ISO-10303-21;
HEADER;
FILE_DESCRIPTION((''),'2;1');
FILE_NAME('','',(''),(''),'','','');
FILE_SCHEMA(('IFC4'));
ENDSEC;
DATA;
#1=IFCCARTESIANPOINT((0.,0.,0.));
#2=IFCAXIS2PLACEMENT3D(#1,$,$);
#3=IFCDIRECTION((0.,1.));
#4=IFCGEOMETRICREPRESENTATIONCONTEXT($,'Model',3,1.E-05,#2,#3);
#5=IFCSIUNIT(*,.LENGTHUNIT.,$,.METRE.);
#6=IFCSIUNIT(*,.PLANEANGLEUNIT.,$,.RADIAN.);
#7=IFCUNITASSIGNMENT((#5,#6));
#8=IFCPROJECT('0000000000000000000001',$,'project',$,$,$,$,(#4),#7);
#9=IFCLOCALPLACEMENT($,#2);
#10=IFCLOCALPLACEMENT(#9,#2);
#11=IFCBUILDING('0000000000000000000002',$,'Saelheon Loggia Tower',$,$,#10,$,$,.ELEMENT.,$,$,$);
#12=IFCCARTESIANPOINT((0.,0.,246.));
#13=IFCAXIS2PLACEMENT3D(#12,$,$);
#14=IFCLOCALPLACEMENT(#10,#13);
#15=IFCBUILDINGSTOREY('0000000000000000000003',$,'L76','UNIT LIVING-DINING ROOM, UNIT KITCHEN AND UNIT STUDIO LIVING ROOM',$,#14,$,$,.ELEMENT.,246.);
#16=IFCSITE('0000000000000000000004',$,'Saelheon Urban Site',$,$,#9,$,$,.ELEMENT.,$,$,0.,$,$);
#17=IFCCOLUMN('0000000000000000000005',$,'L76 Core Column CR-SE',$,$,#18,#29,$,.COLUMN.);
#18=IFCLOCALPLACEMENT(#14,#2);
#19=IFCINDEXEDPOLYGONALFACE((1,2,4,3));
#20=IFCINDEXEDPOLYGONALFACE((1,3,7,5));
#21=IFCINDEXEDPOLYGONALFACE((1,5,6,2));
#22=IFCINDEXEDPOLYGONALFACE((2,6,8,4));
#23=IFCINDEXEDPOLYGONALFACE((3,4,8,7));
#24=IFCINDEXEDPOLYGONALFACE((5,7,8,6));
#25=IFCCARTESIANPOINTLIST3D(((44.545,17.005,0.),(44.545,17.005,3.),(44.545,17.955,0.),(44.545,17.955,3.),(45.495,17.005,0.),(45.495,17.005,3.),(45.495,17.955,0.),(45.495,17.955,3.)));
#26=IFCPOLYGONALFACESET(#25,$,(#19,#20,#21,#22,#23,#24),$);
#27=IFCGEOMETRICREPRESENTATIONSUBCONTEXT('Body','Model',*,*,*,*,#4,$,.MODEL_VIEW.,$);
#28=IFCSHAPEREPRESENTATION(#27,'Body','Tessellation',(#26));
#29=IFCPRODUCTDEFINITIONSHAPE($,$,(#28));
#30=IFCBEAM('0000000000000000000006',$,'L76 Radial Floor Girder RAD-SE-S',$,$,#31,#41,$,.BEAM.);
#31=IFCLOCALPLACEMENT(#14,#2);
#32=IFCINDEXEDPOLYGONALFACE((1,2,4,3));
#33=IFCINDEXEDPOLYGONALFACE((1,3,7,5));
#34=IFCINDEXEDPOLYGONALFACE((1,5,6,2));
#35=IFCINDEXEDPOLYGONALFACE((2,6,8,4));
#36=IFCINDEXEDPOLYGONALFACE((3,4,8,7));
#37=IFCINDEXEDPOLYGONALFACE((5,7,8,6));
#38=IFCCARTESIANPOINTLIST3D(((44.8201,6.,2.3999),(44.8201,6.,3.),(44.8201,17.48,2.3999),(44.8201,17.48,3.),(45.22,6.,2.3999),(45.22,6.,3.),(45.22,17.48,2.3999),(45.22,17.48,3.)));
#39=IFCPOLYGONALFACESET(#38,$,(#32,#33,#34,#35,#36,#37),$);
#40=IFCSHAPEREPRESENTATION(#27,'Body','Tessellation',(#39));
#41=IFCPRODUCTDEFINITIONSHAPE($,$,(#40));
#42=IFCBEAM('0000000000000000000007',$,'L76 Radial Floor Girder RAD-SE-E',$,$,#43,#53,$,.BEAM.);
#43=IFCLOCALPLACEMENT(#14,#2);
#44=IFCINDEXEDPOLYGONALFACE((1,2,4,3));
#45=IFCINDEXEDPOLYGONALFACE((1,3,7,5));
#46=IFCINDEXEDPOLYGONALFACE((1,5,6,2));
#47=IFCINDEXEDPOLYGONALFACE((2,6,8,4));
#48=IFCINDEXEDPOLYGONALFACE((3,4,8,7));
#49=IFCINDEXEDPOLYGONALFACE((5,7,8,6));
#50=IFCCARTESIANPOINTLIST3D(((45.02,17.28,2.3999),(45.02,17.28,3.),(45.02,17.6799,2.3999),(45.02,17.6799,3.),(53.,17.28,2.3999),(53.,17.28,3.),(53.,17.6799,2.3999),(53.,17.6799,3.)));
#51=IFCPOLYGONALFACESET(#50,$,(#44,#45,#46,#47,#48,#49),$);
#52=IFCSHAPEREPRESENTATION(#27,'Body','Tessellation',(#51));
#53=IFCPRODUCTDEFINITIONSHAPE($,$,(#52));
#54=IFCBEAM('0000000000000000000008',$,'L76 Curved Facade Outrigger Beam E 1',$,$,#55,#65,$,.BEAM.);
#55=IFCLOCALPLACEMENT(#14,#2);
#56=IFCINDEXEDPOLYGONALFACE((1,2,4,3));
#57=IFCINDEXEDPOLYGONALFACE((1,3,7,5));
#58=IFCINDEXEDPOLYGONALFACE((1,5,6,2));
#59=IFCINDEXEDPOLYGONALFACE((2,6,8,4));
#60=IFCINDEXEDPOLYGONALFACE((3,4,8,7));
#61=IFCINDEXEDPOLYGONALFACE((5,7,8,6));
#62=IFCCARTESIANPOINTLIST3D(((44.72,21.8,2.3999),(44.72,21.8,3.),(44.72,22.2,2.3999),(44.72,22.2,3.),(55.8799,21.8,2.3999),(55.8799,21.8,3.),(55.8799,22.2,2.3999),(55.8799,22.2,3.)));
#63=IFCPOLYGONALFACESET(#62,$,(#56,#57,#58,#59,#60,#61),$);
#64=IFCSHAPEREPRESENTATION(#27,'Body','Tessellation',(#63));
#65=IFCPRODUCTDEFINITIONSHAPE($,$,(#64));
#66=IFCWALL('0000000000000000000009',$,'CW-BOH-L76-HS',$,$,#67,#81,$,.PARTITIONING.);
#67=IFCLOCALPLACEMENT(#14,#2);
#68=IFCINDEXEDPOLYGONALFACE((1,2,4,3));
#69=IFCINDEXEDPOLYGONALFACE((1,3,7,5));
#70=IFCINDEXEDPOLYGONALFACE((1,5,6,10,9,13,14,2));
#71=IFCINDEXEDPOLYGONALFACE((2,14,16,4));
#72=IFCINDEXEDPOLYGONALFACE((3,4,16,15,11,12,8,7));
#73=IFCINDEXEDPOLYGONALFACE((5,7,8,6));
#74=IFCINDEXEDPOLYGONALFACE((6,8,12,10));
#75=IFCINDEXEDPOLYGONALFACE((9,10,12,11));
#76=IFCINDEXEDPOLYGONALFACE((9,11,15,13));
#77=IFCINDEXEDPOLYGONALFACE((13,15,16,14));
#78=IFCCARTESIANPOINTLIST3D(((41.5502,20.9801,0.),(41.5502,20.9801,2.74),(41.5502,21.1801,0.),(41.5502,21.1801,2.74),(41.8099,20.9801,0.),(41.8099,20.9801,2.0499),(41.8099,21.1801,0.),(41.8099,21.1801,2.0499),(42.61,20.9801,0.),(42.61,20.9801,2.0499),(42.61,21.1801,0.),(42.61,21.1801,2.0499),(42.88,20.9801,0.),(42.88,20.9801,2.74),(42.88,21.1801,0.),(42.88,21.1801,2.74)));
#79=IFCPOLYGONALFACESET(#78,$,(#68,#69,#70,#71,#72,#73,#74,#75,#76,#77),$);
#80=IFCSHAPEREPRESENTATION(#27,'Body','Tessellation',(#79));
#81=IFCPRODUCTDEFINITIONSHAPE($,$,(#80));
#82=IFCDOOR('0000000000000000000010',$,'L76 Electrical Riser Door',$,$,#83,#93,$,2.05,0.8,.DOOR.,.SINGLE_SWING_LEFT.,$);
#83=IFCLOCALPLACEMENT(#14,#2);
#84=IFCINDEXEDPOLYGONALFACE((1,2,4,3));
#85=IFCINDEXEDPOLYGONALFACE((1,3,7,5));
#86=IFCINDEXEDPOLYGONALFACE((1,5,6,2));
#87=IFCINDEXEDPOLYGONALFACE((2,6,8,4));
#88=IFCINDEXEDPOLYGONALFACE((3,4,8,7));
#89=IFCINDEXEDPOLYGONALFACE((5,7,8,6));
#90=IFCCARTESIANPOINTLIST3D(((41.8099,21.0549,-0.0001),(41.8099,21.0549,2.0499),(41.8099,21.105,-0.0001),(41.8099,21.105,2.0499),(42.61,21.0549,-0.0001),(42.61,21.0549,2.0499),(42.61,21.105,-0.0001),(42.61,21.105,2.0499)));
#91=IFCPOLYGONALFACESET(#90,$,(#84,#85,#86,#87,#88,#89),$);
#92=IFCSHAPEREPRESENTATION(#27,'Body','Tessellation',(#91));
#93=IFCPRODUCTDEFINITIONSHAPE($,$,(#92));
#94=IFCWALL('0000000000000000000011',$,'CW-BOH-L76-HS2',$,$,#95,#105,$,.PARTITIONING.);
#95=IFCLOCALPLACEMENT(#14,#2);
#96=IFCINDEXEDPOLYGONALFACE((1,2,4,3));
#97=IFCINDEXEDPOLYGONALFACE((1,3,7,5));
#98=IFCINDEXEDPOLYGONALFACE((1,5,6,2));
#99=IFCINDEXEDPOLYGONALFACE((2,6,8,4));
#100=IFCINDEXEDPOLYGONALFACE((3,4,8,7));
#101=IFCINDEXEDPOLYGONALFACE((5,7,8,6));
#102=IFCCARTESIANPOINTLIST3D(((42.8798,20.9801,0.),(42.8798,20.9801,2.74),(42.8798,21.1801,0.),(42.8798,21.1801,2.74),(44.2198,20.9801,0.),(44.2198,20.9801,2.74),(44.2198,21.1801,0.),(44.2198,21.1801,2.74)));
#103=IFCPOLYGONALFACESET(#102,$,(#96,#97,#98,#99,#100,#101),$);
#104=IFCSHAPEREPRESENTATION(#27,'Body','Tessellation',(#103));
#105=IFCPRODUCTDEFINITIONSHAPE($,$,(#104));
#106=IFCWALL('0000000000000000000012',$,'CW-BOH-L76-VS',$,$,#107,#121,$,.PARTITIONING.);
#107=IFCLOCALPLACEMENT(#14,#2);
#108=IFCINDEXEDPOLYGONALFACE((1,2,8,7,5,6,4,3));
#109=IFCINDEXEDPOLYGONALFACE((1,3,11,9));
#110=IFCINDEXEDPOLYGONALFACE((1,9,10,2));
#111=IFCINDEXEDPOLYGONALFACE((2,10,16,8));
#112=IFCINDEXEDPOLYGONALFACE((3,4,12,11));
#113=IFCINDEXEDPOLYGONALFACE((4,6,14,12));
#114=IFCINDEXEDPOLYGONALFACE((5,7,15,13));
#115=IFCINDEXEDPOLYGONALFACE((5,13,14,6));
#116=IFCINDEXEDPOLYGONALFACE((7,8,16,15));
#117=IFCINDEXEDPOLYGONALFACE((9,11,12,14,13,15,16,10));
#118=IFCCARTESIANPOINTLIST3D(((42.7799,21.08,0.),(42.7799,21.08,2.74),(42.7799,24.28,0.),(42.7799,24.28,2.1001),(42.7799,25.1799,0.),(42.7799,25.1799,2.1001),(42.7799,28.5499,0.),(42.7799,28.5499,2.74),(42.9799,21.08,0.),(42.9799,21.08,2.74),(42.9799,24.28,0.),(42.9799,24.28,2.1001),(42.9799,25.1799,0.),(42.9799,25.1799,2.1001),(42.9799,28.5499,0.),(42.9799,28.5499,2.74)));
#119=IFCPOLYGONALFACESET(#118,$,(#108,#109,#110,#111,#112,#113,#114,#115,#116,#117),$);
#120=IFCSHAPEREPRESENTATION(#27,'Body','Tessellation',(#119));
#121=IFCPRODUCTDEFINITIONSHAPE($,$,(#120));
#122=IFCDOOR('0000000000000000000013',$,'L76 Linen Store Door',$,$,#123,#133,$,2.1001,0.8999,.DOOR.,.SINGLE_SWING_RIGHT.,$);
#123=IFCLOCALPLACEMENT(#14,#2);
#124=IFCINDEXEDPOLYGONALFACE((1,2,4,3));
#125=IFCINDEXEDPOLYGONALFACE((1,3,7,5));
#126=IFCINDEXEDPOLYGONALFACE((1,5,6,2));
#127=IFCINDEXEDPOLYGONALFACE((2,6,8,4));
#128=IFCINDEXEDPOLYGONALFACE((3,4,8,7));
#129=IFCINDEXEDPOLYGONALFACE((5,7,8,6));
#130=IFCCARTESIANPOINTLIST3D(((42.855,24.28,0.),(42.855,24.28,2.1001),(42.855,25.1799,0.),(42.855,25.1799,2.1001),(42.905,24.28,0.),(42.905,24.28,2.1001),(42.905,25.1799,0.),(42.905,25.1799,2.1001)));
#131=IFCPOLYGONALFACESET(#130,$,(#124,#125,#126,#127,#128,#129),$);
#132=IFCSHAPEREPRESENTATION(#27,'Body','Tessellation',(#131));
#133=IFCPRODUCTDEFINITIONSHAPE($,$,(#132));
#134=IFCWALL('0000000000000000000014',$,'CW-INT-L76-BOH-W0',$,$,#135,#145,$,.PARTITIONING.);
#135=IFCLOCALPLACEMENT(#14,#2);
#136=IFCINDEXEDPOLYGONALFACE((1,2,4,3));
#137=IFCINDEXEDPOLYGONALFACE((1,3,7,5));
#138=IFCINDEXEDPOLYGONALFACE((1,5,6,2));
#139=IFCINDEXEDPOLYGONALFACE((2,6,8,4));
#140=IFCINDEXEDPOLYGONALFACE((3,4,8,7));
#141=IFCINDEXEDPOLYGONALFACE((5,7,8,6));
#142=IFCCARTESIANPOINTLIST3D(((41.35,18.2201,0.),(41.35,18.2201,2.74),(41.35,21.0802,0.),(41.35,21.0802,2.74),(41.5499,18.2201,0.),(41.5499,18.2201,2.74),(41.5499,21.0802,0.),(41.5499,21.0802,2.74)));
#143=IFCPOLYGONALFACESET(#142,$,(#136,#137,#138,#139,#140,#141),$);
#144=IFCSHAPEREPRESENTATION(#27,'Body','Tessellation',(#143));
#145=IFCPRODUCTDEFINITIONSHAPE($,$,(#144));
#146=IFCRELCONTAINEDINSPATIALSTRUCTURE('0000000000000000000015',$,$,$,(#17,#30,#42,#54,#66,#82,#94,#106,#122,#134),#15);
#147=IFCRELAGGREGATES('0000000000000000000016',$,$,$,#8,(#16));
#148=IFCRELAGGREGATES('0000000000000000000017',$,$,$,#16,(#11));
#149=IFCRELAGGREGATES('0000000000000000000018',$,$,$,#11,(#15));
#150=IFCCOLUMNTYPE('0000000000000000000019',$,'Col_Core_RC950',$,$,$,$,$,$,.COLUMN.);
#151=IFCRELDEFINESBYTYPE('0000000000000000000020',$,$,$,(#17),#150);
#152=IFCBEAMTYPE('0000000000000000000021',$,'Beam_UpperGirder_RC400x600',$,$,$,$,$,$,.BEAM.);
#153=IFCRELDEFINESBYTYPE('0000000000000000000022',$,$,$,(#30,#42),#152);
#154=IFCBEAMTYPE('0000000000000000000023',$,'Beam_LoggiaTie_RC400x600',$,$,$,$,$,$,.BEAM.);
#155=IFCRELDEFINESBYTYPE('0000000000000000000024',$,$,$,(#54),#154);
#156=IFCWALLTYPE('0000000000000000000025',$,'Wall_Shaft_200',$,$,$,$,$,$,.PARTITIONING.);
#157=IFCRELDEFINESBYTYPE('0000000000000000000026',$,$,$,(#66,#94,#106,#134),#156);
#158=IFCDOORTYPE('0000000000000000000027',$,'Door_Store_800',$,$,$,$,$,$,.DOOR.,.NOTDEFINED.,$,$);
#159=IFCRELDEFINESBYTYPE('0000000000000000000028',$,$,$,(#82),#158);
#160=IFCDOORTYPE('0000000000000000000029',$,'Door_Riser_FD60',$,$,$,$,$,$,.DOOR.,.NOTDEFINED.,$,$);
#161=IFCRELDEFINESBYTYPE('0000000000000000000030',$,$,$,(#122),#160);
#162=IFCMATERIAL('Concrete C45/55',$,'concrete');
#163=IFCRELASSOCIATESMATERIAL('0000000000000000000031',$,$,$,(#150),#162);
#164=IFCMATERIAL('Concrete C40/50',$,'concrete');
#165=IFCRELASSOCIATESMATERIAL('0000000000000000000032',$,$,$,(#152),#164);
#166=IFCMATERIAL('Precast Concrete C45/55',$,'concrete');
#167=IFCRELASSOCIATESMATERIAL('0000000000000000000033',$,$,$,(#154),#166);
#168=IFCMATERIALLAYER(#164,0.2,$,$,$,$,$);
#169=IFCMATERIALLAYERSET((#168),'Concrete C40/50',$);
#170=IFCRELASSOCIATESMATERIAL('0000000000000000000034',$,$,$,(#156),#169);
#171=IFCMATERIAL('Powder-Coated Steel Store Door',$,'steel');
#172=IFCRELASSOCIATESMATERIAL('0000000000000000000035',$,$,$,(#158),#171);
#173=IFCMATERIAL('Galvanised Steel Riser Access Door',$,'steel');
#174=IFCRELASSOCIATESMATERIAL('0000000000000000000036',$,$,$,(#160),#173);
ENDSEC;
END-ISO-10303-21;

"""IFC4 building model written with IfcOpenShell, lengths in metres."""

from ifc_helpers import new_model, si_unit, direction, frame, frame_2d, origin, origin_2d, place, context, subcontext, project, spatial, rectangle, extrude, source, transform, mapped, material, layer, layer_set, material_profile, profile_set, type_object, element, fill, save


model = new_model("IFC4")

# Units and contexts
model_context = context("Model", 3, precision=1e-05, world=origin(), true_north=direction((0.0, 1.0)))
body_context = subcontext(model_context, "Body", "Model", "MODEL_VIEW")
ifc_project = project(units=[si_unit("LENGTHUNIT", "METRE"), si_unit("PLANEANGLEUNIT", "RADIAN")], contexts=[model_context])

# Site, building, storey
site_placement = place(None, origin())
site = spatial("IfcSite", under=ifc_project, at=site_placement, Name="Saelheon Urban Site", CompositionType="ELEMENT", RefElevation=0.0)
building_placement = place(site_placement, origin())
building = spatial("IfcBuilding", under=site, at=building_placement, Name="Saelheon Loggia Tower", CompositionType="ELEMENT")
storey_placement = place(building_placement, frame((0.0, 0.0, 246.0)))
storey = spatial("IfcBuildingStorey", under=building, at=storey_placement, Name="L76", Description="UNIT LIVING-DINING ROOM, UNIT KITCHEN AND UNIT STUDIO LIVING ROOM", CompositionType="ELEMENT", Elevation=246.0)

# Column
ifc_material_1 = material(Name="Concrete C45/55", Category="concrete")
ifc_material_profile_1 = material_profile(ifc_material_1, rectangle(XDim=0.95, YDim=0.95, at=origin_2d()), Name="RC-950x950")
ifc_profile_set_1 = profile_set([ifc_material_profile_1], Name="Concrete C45/55")
column_type = type_object("IfcColumnType", Name="Col_Core_RC950", PredefinedType="COLUMN", material=ifc_profile_set_1)
shared_shape_1 = source(origin(), body_context, "Body", "SweptSolid", [
    extrude(rectangle(XDim=0.95, YDim=0.95, at=origin_2d()), origin(), (0.0, 0.0, 1.0), 3.0),
])
column_placement = place(storey_placement, frame((45.02, 17.48, 0.0), z_axis=(0.0, 0.0, 1.0), x_axis=(1.0, 0.0, 0.0)))
element("IfcColumn", 1, at=column_placement, inside=storey, type_object=column_type, Name="L76 Core Column CR-SE", PredefinedType="COLUMN", context=body_context, shape_type="MappedRepresentation", body=[
    mapped(shared_shape_1, transform((0.0, 0.0, 0.0), scale=1.0)),
])

# Beams
ifc_material_2 = material(Name="Concrete C40/50", Category="concrete")
ifc_material_profile_2 = material_profile(ifc_material_2, rectangle(XDim=0.3999, YDim=0.6001, at=origin_2d()), Name="RC-400x600")
ifc_profile_set_2 = profile_set([ifc_material_profile_2], Name="Concrete C40/50")
beam_type_1 = type_object("IfcBeamType", Name="Beam_UpperGirder_RC400x600", PredefinedType="BEAM", material=ifc_profile_set_2)
shared_shape_2 = source(origin(), body_context, "Body", "SweptSolid", [
    extrude(rectangle(XDim=0.3999, YDim=0.6001, at=origin_2d()), origin(), (0.0, 0.0, 1.0), 11.48),
])
beam_1_placement = place(storey_placement, frame((45.02, 17.48, 2.7), z_axis=(0.0, -1.0, 0.0), x_axis=(1.0, 0.0, 0.0)))
element("IfcBeam", 2, at=beam_1_placement, inside=storey, type_object=beam_type_1, Name="L76 Radial Floor Girder RAD-SE-S", PredefinedType="BEAM", context=body_context, shape_type="MappedRepresentation", body=[
    mapped(shared_shape_2, transform((0.0, 0.0, 0.0), scale=1.0)),
])
shared_shape_3 = source(origin(), body_context, "Body", "SweptSolid", [
    extrude(rectangle(XDim=0.3999, YDim=0.6001, at=origin_2d()), origin(), (0.0, 0.0, 1.0), 7.98),
])
beam_2_placement = place(storey_placement, frame((45.02, 17.48, 2.7), z_axis=(1.0, 0.0, 0.0), x_axis=(0.0, 1.0, 0.0)))
element("IfcBeam", 3, at=beam_2_placement, inside=storey, type_object=beam_type_1, Name="L76 Radial Floor Girder RAD-SE-E", PredefinedType="BEAM", context=body_context, shape_type="MappedRepresentation", body=[
    mapped(shared_shape_3, transform((0.0, 0.0, 0.0), scale=1.0)),
])
ifc_material_3 = material(Name="Precast Concrete C45/55", Category="concrete")
ifc_material_profile_3 = material_profile(ifc_material_3, rectangle(XDim=0.3999, YDim=0.6001, at=origin_2d()), Name="RC-400x600")
ifc_profile_set_3 = profile_set([ifc_material_profile_3], Name="Precast Concrete C45/55")
beam_type_2 = type_object("IfcBeamType", Name="Beam_LoggiaTie_RC400x600", PredefinedType="BEAM", material=ifc_profile_set_3)
shared_shape_4 = source(origin(), body_context, "Body", "SweptSolid", [
    extrude(rectangle(XDim=0.3999, YDim=0.6001, at=origin_2d()), origin(), (0.0, 0.0, 1.0), 11.1599),
])
beam_3_placement = place(storey_placement, frame((44.72, 22.0, 2.7), z_axis=(1.0, 0.0, 0.0), x_axis=(0.0, 1.0, 0.0)))
element("IfcBeam", 4, at=beam_3_placement, inside=storey, type_object=beam_type_2, Name="L76 Curved Facade Outrigger Beam E 1", PredefinedType="BEAM", context=body_context, shape_type="MappedRepresentation", body=[
    mapped(shared_shape_4, transform((0.0, 0.0, 0.0), scale=1.0)),
])

# Wall, opening, door
ifc_layer_1 = layer(ifc_material_2, 0.2)
ifc_layer_set_1 = layer_set([ifc_layer_1], Name="Concrete C40/50")
wall_type_1 = type_object("IfcWallType", Name="Wall_Shaft_200", PredefinedType="PARTITIONING", material=ifc_layer_set_1)
wall_1_placement = place(storey_placement, frame((41.55, 21.0801, 0.0), z_axis=(0.0, 0.0, 1.0), x_axis=(1.0, 0.0, 0.0)))
wall_1 = element("IfcWall", 5, at=wall_1_placement, inside=storey, type_object=wall_type_1, Name="CW-BOH-L76-HS", PredefinedType="PARTITIONING", context=body_context, shape_type="SweptSolid", body=[
    extrude(rectangle(XDim=1.3298, YDim=0.2, at=frame_2d((0.665, 0.0))), origin(), (0.0, 0.0, 1.0), 2.74),
])
opening_1_placement = place(wall_1_placement, frame((0.26, 0.0, 0.0)))
opening_1 = element("IfcOpeningElement", 6, at=opening_1_placement, cuts=wall_1, PredefinedType="OPENING", context=body_context, shape_type="SweptSolid", body=[
    extrude(rectangle(XDim=0.8, YDim=2.05, at=frame_2d((0.3999, 1.0249))), frame((0.0, 0.1121, 0.0), z_axis=(0.0, -1.0, 0.0), x_axis=(1.0, 0.0, 0.0)), (0.0, 0.0, 1.0), 0.2239),
])
ifc_material_4 = material(Name="Powder-Coated Steel Store Door", Category="steel")
door_type_1 = type_object("IfcDoorType", Name="Door_Store_800", OperationType="NOTDEFINED", PredefinedType="DOOR", material=ifc_material_4)
shared_shape_5 = source(origin(), body_context, "Body", "SweptSolid", [
    extrude(rectangle(XDim=0.8, YDim=2.05, at=frame_2d((0.3999, 1.0249))), frame((0.0, 0.0249, 0.0), z_axis=(0.0, -1.0, 0.0), x_axis=(1.0, 0.0, 0.0)), (0.0, 0.0, 1.0), 0.05),
])
door_1_placement = place(opening_1_placement, origin())
door_1 = element("IfcDoor", 7, at=door_1_placement, inside=storey, type_object=door_type_1, Name="L76 Electrical Riser Door", OperationType="SINGLE_SWING_LEFT", OverallHeight=2.05, OverallWidth=0.8, PredefinedType="DOOR", context=body_context, shape_type="MappedRepresentation", body=[
    mapped(shared_shape_5, transform((0.0, 0.0, 0.0), scale=1.0)),
])
fill(opening_1, door_1)

# Wall
wall_2_placement = place(storey_placement, frame((42.8799, 21.0801, 0.0), z_axis=(0.0, 0.0, 1.0), x_axis=(1.0, 0.0, 0.0)))
element("IfcWall", 8, at=wall_2_placement, inside=storey, type_object=wall_type_1, Name="CW-BOH-L76-HS2", PredefinedType="PARTITIONING", context=body_context, shape_type="SweptSolid", body=[
    extrude(rectangle(XDim=1.3401, YDim=0.2, at=frame_2d((0.6699, 0.0))), origin(), (0.0, 0.0, 1.0), 2.74),
])

# Wall, opening, door
wall_3_placement = place(storey_placement, frame((42.8799, 21.0801, 0.0), z_axis=(0.0, 0.0, 1.0), x_axis=(0.0, 1.0, 0.0)))
wall_3 = element("IfcWall", 9, at=wall_3_placement, inside=storey, type_object=wall_type_1, Name="CW-BOH-L76-VS", PredefinedType="PARTITIONING", context=body_context, shape_type="SweptSolid", body=[
    extrude(rectangle(XDim=7.47, YDim=0.2, at=frame_2d((3.7349, 0.0))), origin(), (0.0, 0.0, 1.0), 2.74),
])
opening_2_placement = place(wall_3_placement, frame((3.2, 0.0, 0.0)))
opening_2 = element("IfcOpeningElement", 10, at=opening_2_placement, cuts=wall_3, PredefinedType="OPENING", context=body_context, shape_type="SweptSolid", body=[
    extrude(rectangle(XDim=0.8999, YDim=2.1001, at=frame_2d((0.45, 1.05))), frame((0.0, 0.1121, 0.0), z_axis=(0.0, -1.0, 0.0), x_axis=(1.0, 0.0, 0.0)), (0.0, 0.0, 1.0), 0.2239),
])
ifc_material_5 = material(Name="Galvanised Steel Riser Access Door", Category="steel")
door_type_2 = type_object("IfcDoorType", Name="Door_Riser_FD60", OperationType="NOTDEFINED", PredefinedType="DOOR", material=ifc_material_5)
shared_shape_6 = source(origin(), body_context, "Body", "SweptSolid", [
    extrude(rectangle(XDim=0.8999, YDim=2.1001, at=frame_2d((0.45, 1.05))), frame((0.0, 0.0249, 0.0), z_axis=(0.0, -1.0, 0.0), x_axis=(1.0, 0.0, 0.0)), (0.0, 0.0, 1.0), 0.05),
])
door_2_placement = place(opening_2_placement, origin())
door_2 = element("IfcDoor", 11, at=door_2_placement, inside=storey, type_object=door_type_2, Name="L76 Linen Store Door", OperationType="SINGLE_SWING_RIGHT", OverallHeight=2.1001, OverallWidth=0.8999, PredefinedType="DOOR", context=body_context, shape_type="MappedRepresentation", body=[
    mapped(shared_shape_6, transform((0.0, 0.0, 0.0), scale=1.0)),
])
fill(opening_2, door_2)

# Wall
wall_4_placement = place(storey_placement, frame((41.45, 18.22, 0.0), z_axis=(0.0, 0.0, 1.0), x_axis=(0.0, 1.0, 0.0)))
element("IfcWall", 12, at=wall_4_placement, inside=storey, type_object=wall_type_1, Name="CW-INT-L76-BOH-W0", PredefinedType="PARTITIONING", context=body_context, shape_type="SweptSolid", body=[
    extrude(rectangle(XDim=2.8601, YDim=0.2, at=frame_2d((1.4302, 0.0))), origin(), (0.0, 0.0, 1.0), 2.74),
])

save(model, "model.ifc")
